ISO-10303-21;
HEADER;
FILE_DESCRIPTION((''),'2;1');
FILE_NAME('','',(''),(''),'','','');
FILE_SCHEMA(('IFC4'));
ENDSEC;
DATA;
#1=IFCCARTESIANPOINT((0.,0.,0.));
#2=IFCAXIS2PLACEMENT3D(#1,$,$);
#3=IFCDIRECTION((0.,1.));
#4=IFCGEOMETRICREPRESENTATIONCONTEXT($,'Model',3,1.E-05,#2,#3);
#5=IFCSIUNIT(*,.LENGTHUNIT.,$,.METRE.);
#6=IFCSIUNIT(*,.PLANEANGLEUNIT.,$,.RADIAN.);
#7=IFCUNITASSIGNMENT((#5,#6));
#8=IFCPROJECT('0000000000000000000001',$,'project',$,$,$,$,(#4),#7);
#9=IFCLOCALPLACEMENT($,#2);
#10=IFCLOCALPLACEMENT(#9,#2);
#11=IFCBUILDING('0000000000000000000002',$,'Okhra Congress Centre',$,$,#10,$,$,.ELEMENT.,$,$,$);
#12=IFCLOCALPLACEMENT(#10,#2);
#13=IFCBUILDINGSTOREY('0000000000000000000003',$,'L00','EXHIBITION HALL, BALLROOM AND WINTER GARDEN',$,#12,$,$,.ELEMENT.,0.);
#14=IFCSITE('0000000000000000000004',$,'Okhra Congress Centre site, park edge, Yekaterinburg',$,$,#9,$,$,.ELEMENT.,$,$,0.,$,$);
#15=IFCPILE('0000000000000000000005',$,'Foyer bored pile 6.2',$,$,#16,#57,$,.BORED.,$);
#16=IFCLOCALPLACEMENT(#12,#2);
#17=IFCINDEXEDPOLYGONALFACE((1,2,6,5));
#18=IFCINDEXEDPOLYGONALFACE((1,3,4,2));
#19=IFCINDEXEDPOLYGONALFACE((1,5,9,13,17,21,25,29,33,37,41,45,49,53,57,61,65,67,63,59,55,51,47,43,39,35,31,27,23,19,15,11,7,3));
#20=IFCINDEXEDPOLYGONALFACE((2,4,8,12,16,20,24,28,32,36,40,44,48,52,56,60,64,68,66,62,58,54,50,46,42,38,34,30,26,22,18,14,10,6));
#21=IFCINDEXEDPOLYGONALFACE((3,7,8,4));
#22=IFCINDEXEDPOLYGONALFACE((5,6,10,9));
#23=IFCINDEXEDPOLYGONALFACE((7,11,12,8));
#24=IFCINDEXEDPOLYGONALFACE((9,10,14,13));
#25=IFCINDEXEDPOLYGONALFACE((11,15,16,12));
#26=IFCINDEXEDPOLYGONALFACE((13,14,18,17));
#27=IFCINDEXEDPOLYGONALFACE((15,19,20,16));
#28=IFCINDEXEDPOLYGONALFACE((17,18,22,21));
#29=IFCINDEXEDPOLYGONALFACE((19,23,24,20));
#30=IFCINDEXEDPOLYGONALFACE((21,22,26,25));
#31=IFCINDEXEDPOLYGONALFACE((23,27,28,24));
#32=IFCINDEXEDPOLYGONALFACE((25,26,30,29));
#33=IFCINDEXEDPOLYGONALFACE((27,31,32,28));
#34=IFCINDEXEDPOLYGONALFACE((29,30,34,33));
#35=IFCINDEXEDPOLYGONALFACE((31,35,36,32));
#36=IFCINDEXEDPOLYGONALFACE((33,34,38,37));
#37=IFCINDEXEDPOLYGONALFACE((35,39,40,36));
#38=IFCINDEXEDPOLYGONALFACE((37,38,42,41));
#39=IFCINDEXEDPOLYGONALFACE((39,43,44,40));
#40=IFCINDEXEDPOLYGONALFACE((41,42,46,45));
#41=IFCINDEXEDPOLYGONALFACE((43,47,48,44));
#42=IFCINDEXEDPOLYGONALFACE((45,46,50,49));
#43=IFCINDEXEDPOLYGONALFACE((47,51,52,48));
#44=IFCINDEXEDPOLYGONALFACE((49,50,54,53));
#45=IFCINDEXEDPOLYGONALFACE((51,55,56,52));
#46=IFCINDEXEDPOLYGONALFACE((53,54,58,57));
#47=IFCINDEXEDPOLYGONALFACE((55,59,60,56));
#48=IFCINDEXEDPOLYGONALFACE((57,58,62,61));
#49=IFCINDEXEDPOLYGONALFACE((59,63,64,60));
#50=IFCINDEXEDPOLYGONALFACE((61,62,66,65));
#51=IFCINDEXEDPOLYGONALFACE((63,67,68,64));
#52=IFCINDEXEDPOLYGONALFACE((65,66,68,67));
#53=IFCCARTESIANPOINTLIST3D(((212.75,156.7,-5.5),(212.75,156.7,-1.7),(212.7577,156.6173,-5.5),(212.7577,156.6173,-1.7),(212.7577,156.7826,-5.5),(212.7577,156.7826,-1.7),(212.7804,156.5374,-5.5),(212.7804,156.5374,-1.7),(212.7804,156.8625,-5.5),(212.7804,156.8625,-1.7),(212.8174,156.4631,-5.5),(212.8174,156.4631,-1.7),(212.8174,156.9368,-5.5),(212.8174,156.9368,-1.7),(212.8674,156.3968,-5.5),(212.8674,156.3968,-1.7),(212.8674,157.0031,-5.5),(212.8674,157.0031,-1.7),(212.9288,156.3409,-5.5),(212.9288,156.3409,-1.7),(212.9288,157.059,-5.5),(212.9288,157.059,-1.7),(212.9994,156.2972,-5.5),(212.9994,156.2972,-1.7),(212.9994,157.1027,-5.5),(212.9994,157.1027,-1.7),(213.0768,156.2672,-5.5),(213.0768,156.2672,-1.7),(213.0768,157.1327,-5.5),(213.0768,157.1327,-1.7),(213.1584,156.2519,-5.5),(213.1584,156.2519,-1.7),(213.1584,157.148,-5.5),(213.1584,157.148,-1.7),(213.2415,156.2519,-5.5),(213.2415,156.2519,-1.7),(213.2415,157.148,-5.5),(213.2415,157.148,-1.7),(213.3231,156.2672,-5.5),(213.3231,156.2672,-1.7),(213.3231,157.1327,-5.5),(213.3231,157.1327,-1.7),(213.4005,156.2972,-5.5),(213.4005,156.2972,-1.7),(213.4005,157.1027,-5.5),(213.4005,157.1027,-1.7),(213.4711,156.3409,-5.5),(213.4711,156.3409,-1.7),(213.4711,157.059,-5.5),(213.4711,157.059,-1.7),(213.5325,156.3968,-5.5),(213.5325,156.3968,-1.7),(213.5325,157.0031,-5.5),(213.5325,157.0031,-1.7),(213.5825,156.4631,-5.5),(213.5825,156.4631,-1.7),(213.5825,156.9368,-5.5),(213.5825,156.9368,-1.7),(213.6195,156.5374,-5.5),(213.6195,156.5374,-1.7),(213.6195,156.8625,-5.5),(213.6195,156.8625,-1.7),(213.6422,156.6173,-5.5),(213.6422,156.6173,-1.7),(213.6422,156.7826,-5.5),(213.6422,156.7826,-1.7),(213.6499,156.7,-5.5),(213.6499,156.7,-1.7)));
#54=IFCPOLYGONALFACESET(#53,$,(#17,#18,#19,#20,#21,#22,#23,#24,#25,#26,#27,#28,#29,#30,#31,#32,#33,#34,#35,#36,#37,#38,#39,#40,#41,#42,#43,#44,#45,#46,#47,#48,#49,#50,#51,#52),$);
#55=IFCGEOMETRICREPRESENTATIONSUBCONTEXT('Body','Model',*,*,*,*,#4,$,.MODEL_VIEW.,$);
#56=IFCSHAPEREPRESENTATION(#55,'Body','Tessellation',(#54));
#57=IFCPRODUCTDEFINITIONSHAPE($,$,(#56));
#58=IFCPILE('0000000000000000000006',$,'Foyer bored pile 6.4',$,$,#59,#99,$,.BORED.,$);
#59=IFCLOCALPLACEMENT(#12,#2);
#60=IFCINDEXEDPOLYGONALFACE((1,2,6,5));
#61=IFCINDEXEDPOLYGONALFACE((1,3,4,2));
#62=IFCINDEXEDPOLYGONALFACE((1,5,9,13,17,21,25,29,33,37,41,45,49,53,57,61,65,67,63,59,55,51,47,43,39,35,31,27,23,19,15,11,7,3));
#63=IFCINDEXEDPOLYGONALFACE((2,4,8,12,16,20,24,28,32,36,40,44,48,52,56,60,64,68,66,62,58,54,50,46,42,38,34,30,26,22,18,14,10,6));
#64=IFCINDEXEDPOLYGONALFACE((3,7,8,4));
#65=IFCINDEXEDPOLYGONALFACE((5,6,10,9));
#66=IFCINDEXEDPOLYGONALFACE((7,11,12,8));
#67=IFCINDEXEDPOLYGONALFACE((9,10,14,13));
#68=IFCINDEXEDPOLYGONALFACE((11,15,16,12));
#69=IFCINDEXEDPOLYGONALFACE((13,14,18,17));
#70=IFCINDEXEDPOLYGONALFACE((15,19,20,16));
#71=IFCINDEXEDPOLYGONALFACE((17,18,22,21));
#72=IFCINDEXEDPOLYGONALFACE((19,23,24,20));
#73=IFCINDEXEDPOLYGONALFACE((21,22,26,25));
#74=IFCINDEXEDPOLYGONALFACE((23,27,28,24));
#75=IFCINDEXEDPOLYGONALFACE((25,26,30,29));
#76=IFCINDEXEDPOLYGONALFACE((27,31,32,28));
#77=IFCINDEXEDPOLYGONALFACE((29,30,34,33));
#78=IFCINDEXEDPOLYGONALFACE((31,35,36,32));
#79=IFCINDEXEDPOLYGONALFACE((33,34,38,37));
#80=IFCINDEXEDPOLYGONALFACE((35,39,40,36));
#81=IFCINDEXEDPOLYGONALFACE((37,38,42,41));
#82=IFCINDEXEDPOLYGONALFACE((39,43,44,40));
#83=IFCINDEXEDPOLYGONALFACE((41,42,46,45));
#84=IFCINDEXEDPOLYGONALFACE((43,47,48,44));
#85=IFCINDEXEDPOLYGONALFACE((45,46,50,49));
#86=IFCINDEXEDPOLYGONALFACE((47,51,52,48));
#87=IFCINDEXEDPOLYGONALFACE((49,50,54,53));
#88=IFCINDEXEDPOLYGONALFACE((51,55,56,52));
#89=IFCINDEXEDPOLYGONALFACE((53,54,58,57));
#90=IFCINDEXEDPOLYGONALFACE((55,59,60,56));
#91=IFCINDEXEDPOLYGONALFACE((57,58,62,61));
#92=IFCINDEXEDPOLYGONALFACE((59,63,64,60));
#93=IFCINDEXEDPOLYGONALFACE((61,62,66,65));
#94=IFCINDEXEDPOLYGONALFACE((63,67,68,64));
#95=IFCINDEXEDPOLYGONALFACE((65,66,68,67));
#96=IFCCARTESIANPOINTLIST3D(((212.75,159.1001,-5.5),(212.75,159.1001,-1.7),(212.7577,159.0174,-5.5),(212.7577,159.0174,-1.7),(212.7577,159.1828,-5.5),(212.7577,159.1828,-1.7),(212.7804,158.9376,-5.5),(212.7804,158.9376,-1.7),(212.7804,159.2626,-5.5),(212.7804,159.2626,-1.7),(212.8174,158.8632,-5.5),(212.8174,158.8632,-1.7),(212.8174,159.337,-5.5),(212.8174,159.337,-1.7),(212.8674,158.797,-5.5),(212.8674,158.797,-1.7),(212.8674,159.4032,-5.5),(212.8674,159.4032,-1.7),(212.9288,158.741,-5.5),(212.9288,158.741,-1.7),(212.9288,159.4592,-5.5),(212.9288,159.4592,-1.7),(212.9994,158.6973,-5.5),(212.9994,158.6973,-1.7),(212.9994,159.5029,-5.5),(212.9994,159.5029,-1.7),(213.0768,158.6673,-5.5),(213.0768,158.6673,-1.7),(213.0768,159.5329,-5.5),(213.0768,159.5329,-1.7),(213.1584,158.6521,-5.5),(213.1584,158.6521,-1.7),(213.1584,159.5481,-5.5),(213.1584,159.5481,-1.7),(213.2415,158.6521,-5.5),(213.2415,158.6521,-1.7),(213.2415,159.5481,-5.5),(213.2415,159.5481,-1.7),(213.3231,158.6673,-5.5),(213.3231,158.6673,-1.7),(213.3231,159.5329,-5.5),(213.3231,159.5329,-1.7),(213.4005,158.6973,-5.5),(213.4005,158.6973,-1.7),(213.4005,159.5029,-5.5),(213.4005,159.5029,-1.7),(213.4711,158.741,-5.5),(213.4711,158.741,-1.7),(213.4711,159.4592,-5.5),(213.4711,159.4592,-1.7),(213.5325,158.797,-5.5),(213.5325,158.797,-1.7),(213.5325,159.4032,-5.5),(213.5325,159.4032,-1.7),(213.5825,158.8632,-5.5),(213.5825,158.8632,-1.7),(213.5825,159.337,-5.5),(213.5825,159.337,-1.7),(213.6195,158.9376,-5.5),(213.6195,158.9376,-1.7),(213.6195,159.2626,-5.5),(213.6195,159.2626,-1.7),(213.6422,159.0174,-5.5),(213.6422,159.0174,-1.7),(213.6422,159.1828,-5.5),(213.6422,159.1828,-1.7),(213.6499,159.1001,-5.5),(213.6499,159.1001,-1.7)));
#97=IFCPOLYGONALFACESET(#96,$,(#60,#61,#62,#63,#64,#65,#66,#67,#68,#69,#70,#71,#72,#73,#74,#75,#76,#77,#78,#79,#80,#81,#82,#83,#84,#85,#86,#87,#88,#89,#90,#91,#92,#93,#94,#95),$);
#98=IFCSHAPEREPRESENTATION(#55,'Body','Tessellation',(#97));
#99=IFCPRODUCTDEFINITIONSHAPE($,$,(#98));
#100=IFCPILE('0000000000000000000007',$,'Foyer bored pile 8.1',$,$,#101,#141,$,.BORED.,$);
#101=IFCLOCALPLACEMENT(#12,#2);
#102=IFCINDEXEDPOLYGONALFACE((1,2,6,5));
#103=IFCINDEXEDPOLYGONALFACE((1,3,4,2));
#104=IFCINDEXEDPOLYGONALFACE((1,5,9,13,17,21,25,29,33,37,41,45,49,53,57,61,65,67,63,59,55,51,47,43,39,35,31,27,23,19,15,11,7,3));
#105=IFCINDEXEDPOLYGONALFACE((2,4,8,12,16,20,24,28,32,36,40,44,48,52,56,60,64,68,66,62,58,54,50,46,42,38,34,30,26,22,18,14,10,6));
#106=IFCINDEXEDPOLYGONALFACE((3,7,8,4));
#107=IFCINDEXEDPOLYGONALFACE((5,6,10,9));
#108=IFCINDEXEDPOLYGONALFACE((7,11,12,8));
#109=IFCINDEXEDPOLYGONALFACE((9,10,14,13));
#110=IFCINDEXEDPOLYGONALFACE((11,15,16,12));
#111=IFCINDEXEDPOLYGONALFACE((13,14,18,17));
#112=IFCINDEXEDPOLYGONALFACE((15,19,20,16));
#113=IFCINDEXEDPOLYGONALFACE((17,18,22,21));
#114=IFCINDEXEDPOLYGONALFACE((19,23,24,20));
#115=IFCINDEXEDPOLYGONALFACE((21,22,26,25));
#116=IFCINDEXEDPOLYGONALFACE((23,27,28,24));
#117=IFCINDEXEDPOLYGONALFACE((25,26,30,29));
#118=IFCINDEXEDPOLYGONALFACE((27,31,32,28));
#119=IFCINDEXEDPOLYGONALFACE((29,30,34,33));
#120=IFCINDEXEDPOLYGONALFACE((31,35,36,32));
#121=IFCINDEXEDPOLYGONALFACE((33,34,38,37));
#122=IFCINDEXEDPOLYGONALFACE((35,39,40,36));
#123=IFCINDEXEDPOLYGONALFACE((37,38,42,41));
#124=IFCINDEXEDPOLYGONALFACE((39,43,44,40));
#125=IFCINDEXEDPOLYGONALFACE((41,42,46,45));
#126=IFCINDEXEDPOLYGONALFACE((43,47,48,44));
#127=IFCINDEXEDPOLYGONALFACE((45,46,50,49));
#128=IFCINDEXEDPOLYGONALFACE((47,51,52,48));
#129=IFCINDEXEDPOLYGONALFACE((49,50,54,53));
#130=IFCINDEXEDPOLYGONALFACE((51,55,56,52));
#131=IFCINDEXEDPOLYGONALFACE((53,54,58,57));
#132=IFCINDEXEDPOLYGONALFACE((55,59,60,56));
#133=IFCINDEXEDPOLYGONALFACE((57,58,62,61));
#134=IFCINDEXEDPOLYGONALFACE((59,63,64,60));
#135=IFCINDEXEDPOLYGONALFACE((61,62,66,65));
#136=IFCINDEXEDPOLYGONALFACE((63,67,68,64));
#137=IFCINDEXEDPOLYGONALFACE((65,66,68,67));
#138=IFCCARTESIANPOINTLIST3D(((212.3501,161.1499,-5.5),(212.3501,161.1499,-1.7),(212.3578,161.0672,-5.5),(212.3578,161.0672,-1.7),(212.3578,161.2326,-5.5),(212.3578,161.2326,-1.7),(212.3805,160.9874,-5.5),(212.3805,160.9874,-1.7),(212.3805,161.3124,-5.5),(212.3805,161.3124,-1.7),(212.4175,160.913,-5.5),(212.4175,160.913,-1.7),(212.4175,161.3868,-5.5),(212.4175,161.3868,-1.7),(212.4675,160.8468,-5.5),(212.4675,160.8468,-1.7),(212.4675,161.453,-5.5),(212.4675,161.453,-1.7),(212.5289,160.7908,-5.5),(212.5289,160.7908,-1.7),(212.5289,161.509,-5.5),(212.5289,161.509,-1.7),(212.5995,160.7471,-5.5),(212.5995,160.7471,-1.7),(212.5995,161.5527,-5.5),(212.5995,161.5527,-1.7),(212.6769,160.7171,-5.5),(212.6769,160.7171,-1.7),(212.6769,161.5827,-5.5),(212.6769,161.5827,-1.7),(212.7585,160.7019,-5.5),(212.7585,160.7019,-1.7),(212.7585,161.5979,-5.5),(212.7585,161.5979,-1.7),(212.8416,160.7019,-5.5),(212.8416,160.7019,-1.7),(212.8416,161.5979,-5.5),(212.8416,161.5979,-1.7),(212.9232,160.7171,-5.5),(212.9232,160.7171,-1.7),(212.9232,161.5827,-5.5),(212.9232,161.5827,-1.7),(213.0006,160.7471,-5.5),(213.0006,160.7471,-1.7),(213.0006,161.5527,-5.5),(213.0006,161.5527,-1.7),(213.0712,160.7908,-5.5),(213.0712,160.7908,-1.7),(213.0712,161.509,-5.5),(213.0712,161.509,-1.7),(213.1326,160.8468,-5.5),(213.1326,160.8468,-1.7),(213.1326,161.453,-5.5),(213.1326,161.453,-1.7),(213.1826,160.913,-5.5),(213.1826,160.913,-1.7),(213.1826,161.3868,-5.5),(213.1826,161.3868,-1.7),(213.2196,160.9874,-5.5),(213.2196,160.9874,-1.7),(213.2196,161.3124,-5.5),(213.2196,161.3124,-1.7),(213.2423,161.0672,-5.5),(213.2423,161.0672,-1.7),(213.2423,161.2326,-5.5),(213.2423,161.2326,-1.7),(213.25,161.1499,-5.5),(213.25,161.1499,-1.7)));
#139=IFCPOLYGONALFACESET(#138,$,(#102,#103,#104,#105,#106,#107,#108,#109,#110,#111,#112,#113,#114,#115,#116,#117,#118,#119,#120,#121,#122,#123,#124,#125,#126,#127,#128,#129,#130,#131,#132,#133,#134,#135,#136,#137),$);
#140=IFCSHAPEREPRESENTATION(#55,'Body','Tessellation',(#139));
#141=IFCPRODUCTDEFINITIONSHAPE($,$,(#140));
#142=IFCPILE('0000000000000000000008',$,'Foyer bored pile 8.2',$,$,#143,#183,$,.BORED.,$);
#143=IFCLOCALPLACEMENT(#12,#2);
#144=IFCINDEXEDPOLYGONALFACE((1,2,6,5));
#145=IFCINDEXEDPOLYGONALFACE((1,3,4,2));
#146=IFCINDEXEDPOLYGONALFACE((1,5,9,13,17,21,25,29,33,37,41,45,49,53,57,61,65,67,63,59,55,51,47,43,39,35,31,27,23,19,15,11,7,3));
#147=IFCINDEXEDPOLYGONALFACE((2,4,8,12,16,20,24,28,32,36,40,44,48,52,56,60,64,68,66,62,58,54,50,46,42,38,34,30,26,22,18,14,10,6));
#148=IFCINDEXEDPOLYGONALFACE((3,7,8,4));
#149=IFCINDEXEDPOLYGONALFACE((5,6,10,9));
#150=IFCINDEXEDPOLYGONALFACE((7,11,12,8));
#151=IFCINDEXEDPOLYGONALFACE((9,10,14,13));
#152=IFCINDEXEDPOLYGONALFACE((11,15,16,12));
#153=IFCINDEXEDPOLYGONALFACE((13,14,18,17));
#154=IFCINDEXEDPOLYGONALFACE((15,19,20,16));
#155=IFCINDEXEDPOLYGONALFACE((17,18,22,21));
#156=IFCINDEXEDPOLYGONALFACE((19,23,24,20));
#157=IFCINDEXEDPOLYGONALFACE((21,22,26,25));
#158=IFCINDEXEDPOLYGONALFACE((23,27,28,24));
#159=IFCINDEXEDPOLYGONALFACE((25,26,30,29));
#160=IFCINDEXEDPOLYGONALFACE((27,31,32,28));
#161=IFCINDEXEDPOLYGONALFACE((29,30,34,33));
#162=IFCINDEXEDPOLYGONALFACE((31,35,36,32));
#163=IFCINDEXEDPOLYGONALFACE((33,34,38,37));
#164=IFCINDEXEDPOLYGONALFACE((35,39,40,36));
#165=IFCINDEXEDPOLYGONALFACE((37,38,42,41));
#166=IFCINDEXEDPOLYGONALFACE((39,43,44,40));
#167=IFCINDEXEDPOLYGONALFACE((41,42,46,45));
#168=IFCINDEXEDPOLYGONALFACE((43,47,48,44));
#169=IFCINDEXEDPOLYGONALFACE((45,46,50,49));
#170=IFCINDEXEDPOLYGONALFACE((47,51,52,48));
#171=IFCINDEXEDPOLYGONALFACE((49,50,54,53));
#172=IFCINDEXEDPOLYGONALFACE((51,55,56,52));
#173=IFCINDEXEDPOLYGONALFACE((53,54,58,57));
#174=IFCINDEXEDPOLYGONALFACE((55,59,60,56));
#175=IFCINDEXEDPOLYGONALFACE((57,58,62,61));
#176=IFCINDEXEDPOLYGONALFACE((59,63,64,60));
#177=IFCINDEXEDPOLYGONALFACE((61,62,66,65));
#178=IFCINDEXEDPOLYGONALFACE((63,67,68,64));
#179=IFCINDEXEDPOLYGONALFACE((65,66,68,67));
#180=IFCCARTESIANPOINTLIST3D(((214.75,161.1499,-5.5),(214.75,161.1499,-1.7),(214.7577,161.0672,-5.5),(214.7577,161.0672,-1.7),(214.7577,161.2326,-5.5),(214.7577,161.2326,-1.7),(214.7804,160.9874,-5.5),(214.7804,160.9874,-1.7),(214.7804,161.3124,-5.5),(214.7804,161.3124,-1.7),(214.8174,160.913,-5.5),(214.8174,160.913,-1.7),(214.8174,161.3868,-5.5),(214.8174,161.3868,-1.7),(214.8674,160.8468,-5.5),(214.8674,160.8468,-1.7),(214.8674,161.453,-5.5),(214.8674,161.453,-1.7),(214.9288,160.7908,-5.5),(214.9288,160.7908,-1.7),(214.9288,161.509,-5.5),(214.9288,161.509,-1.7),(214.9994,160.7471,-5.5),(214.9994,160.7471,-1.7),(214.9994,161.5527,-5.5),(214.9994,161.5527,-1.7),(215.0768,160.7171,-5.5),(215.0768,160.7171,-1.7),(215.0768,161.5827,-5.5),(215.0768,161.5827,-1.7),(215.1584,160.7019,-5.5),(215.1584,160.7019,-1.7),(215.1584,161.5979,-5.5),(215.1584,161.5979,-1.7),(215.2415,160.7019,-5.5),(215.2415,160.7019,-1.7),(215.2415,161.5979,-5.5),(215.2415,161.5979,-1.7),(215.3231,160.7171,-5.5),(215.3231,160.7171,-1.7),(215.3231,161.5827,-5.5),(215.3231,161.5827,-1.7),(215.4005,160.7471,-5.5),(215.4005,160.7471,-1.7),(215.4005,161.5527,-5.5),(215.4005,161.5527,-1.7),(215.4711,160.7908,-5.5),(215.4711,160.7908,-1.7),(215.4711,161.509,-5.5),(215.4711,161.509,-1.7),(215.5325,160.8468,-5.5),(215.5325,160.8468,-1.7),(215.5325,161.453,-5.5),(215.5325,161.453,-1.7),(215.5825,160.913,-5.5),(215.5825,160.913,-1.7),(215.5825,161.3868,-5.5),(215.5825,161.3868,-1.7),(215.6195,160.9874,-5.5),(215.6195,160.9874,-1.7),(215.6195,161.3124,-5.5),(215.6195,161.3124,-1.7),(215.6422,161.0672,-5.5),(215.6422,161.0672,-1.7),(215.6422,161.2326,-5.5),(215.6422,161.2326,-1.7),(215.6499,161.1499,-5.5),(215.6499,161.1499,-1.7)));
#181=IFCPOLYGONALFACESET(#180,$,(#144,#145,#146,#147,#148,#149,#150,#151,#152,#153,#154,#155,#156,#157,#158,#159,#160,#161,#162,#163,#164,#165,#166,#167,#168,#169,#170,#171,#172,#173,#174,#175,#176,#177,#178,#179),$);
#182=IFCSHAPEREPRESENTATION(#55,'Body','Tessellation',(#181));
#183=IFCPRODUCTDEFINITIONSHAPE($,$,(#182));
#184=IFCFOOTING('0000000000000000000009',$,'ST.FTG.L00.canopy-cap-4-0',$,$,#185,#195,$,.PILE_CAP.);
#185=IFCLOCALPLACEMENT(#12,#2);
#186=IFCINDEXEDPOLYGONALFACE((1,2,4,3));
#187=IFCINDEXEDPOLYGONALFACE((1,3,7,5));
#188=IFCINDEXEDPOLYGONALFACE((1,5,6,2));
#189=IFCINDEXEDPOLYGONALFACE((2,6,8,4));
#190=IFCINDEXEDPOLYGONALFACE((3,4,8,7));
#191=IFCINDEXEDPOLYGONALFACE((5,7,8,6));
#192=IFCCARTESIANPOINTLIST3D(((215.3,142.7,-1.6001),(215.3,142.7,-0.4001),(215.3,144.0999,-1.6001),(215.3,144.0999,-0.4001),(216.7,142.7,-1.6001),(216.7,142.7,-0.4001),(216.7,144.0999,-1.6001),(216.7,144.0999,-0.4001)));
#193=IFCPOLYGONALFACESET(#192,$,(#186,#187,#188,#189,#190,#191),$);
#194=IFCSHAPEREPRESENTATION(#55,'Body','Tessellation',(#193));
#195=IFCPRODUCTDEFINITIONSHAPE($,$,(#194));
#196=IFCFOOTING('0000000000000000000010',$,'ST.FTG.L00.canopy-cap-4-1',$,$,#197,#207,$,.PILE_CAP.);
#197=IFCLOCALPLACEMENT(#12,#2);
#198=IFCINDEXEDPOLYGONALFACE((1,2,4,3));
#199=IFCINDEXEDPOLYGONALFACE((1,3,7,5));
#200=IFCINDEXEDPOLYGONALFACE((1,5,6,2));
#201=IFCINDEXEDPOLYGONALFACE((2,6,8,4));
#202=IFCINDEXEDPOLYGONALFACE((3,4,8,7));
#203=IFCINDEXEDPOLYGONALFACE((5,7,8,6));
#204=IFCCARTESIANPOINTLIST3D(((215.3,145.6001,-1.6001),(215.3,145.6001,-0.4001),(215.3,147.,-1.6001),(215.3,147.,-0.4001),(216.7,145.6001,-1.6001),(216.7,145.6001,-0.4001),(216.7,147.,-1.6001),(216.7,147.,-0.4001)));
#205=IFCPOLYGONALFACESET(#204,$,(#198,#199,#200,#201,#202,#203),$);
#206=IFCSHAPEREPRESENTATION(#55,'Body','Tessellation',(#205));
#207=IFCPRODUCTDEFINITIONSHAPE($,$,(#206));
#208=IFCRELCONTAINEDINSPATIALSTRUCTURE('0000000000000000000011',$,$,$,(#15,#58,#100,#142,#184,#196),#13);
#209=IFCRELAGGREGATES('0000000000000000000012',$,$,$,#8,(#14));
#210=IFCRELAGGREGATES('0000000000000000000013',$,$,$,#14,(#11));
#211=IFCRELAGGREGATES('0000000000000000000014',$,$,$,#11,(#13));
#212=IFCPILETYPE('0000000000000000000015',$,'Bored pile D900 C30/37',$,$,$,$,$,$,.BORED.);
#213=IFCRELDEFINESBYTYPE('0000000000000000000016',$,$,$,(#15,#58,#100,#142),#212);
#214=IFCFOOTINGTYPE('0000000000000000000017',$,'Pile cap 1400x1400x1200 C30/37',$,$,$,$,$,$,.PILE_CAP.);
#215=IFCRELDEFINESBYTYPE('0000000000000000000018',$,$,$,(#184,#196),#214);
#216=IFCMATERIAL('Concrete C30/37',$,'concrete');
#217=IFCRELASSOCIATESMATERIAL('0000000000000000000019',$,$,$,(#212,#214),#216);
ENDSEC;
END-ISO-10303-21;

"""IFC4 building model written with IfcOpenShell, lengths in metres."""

from ifc_helpers import new_model, si_unit, direction, frame, origin, origin_2d, place, context, subcontext, project, spatial, rectangle, circle, extrude, material, material_profile, profile_set, type_object, element, save


model = new_model("IFC4")

# Units and contexts
model_context = context("Model", 3, precision=1e-05, world=origin(), true_north=direction((0.0, 1.0)))
body_context = subcontext(model_context, "Body", "Model", "MODEL_VIEW")
ifc_project = project(units=[si_unit("LENGTHUNIT", "METRE"), si_unit("PLANEANGLEUNIT", "RADIAN")], contexts=[model_context])

# Site, building, storey
site_placement = place(None, origin())
site = spatial("IfcSite", under=ifc_project, at=site_placement, Name="Okhra Congress Centre site, park edge, Yekaterinburg", CompositionType="ELEMENT", RefElevation=0.0)
building_placement = place(site_placement, origin())
building = spatial("IfcBuilding", under=site, at=building_placement, Name="Okhra Congress Centre", CompositionType="ELEMENT")
storey_placement = place(building_placement, origin())
storey = spatial("IfcBuildingStorey", under=building, at=storey_placement, Name="L00", Description="EXHIBITION HALL, BALLROOM AND WINTER GARDEN", CompositionType="ELEMENT", Elevation=0.0)

# Piles
ifc_material_1 = material(Name="Concrete C30/37", Category="concrete")
ifc_material_profile_1 = material_profile(ifc_material_1, circle(Radius=0.45, at=origin_2d()), Name="D900")
ifc_profile_set_1 = profile_set([ifc_material_profile_1], Name="Concrete C30/37")
pile_type_1 = type_object("IfcPileType", Name="Bored pile D900 C30/37", PredefinedType="BORED", material=ifc_profile_set_1)
for number, where, z_axis, x_axis, name in (
    (1, (213.2, 156.7, -1.7), (0.0, 0.0, -1.0), (1.0, 0.0, 0.0), "Foyer bored pile 6.2"),
    (2, (213.2, 159.1001, -1.7), (0.0, 0.0, -1.0), (1.0, 0.0, 0.0), "Foyer bored pile 6.4"),
    (3, (212.8, 161.1499, -1.7), (0.0, 0.0, -1.0), (1.0, 0.0, 0.0), "Foyer bored pile 8.1"),
    (4, (215.2, 161.1499, -1.7), (0.0, 0.0, -1.0), (1.0, 0.0, 0.0), "Foyer bored pile 8.2"),
):
    element("IfcPile", number, at=place(storey_placement, frame(where, z_axis=z_axis, x_axis=x_axis)), inside=storey, type_object=pile_type_1, Name=name, PredefinedType="BORED", context=body_context, shape_type="SweptSolid", body=[
        extrude(circle(Radius=0.45, at=origin_2d()), origin(), (0.0, 0.0, 1.0), 3.8),
    ])

# Footings
footing_type_1 = type_object("IfcFootingType", Name="Pile cap 1400x1400x1200 C30/37", PredefinedType="PILE_CAP", material=ifc_material_1)
for number, where, z_axis, x_axis, name in (
    (5, (216.0, 143.3999, -1.6001), (0.0, 0.0, 1.0), (1.0, 0.0, 0.0), "ST.FTG.L00.canopy-cap-4-0"),
    (6, (216.0, 146.3, -1.6001), (0.0, 0.0, 1.0), (1.0, 0.0, 0.0), "ST.FTG.L00.canopy-cap-4-1"),
):
    element("IfcFooting", number, at=place(storey_placement, frame(where, z_axis=z_axis, x_axis=x_axis)), inside=storey, type_object=footing_type_1, Name=name, PredefinedType="PILE_CAP", context=body_context, shape_type="SweptSolid", body=[
        extrude(rectangle(XDim=1.3999, YDim=1.3999, at=origin_2d()), origin(), (0.0, 0.0, 1.0), 1.2),
    ])

save(model, "model.ifc")
